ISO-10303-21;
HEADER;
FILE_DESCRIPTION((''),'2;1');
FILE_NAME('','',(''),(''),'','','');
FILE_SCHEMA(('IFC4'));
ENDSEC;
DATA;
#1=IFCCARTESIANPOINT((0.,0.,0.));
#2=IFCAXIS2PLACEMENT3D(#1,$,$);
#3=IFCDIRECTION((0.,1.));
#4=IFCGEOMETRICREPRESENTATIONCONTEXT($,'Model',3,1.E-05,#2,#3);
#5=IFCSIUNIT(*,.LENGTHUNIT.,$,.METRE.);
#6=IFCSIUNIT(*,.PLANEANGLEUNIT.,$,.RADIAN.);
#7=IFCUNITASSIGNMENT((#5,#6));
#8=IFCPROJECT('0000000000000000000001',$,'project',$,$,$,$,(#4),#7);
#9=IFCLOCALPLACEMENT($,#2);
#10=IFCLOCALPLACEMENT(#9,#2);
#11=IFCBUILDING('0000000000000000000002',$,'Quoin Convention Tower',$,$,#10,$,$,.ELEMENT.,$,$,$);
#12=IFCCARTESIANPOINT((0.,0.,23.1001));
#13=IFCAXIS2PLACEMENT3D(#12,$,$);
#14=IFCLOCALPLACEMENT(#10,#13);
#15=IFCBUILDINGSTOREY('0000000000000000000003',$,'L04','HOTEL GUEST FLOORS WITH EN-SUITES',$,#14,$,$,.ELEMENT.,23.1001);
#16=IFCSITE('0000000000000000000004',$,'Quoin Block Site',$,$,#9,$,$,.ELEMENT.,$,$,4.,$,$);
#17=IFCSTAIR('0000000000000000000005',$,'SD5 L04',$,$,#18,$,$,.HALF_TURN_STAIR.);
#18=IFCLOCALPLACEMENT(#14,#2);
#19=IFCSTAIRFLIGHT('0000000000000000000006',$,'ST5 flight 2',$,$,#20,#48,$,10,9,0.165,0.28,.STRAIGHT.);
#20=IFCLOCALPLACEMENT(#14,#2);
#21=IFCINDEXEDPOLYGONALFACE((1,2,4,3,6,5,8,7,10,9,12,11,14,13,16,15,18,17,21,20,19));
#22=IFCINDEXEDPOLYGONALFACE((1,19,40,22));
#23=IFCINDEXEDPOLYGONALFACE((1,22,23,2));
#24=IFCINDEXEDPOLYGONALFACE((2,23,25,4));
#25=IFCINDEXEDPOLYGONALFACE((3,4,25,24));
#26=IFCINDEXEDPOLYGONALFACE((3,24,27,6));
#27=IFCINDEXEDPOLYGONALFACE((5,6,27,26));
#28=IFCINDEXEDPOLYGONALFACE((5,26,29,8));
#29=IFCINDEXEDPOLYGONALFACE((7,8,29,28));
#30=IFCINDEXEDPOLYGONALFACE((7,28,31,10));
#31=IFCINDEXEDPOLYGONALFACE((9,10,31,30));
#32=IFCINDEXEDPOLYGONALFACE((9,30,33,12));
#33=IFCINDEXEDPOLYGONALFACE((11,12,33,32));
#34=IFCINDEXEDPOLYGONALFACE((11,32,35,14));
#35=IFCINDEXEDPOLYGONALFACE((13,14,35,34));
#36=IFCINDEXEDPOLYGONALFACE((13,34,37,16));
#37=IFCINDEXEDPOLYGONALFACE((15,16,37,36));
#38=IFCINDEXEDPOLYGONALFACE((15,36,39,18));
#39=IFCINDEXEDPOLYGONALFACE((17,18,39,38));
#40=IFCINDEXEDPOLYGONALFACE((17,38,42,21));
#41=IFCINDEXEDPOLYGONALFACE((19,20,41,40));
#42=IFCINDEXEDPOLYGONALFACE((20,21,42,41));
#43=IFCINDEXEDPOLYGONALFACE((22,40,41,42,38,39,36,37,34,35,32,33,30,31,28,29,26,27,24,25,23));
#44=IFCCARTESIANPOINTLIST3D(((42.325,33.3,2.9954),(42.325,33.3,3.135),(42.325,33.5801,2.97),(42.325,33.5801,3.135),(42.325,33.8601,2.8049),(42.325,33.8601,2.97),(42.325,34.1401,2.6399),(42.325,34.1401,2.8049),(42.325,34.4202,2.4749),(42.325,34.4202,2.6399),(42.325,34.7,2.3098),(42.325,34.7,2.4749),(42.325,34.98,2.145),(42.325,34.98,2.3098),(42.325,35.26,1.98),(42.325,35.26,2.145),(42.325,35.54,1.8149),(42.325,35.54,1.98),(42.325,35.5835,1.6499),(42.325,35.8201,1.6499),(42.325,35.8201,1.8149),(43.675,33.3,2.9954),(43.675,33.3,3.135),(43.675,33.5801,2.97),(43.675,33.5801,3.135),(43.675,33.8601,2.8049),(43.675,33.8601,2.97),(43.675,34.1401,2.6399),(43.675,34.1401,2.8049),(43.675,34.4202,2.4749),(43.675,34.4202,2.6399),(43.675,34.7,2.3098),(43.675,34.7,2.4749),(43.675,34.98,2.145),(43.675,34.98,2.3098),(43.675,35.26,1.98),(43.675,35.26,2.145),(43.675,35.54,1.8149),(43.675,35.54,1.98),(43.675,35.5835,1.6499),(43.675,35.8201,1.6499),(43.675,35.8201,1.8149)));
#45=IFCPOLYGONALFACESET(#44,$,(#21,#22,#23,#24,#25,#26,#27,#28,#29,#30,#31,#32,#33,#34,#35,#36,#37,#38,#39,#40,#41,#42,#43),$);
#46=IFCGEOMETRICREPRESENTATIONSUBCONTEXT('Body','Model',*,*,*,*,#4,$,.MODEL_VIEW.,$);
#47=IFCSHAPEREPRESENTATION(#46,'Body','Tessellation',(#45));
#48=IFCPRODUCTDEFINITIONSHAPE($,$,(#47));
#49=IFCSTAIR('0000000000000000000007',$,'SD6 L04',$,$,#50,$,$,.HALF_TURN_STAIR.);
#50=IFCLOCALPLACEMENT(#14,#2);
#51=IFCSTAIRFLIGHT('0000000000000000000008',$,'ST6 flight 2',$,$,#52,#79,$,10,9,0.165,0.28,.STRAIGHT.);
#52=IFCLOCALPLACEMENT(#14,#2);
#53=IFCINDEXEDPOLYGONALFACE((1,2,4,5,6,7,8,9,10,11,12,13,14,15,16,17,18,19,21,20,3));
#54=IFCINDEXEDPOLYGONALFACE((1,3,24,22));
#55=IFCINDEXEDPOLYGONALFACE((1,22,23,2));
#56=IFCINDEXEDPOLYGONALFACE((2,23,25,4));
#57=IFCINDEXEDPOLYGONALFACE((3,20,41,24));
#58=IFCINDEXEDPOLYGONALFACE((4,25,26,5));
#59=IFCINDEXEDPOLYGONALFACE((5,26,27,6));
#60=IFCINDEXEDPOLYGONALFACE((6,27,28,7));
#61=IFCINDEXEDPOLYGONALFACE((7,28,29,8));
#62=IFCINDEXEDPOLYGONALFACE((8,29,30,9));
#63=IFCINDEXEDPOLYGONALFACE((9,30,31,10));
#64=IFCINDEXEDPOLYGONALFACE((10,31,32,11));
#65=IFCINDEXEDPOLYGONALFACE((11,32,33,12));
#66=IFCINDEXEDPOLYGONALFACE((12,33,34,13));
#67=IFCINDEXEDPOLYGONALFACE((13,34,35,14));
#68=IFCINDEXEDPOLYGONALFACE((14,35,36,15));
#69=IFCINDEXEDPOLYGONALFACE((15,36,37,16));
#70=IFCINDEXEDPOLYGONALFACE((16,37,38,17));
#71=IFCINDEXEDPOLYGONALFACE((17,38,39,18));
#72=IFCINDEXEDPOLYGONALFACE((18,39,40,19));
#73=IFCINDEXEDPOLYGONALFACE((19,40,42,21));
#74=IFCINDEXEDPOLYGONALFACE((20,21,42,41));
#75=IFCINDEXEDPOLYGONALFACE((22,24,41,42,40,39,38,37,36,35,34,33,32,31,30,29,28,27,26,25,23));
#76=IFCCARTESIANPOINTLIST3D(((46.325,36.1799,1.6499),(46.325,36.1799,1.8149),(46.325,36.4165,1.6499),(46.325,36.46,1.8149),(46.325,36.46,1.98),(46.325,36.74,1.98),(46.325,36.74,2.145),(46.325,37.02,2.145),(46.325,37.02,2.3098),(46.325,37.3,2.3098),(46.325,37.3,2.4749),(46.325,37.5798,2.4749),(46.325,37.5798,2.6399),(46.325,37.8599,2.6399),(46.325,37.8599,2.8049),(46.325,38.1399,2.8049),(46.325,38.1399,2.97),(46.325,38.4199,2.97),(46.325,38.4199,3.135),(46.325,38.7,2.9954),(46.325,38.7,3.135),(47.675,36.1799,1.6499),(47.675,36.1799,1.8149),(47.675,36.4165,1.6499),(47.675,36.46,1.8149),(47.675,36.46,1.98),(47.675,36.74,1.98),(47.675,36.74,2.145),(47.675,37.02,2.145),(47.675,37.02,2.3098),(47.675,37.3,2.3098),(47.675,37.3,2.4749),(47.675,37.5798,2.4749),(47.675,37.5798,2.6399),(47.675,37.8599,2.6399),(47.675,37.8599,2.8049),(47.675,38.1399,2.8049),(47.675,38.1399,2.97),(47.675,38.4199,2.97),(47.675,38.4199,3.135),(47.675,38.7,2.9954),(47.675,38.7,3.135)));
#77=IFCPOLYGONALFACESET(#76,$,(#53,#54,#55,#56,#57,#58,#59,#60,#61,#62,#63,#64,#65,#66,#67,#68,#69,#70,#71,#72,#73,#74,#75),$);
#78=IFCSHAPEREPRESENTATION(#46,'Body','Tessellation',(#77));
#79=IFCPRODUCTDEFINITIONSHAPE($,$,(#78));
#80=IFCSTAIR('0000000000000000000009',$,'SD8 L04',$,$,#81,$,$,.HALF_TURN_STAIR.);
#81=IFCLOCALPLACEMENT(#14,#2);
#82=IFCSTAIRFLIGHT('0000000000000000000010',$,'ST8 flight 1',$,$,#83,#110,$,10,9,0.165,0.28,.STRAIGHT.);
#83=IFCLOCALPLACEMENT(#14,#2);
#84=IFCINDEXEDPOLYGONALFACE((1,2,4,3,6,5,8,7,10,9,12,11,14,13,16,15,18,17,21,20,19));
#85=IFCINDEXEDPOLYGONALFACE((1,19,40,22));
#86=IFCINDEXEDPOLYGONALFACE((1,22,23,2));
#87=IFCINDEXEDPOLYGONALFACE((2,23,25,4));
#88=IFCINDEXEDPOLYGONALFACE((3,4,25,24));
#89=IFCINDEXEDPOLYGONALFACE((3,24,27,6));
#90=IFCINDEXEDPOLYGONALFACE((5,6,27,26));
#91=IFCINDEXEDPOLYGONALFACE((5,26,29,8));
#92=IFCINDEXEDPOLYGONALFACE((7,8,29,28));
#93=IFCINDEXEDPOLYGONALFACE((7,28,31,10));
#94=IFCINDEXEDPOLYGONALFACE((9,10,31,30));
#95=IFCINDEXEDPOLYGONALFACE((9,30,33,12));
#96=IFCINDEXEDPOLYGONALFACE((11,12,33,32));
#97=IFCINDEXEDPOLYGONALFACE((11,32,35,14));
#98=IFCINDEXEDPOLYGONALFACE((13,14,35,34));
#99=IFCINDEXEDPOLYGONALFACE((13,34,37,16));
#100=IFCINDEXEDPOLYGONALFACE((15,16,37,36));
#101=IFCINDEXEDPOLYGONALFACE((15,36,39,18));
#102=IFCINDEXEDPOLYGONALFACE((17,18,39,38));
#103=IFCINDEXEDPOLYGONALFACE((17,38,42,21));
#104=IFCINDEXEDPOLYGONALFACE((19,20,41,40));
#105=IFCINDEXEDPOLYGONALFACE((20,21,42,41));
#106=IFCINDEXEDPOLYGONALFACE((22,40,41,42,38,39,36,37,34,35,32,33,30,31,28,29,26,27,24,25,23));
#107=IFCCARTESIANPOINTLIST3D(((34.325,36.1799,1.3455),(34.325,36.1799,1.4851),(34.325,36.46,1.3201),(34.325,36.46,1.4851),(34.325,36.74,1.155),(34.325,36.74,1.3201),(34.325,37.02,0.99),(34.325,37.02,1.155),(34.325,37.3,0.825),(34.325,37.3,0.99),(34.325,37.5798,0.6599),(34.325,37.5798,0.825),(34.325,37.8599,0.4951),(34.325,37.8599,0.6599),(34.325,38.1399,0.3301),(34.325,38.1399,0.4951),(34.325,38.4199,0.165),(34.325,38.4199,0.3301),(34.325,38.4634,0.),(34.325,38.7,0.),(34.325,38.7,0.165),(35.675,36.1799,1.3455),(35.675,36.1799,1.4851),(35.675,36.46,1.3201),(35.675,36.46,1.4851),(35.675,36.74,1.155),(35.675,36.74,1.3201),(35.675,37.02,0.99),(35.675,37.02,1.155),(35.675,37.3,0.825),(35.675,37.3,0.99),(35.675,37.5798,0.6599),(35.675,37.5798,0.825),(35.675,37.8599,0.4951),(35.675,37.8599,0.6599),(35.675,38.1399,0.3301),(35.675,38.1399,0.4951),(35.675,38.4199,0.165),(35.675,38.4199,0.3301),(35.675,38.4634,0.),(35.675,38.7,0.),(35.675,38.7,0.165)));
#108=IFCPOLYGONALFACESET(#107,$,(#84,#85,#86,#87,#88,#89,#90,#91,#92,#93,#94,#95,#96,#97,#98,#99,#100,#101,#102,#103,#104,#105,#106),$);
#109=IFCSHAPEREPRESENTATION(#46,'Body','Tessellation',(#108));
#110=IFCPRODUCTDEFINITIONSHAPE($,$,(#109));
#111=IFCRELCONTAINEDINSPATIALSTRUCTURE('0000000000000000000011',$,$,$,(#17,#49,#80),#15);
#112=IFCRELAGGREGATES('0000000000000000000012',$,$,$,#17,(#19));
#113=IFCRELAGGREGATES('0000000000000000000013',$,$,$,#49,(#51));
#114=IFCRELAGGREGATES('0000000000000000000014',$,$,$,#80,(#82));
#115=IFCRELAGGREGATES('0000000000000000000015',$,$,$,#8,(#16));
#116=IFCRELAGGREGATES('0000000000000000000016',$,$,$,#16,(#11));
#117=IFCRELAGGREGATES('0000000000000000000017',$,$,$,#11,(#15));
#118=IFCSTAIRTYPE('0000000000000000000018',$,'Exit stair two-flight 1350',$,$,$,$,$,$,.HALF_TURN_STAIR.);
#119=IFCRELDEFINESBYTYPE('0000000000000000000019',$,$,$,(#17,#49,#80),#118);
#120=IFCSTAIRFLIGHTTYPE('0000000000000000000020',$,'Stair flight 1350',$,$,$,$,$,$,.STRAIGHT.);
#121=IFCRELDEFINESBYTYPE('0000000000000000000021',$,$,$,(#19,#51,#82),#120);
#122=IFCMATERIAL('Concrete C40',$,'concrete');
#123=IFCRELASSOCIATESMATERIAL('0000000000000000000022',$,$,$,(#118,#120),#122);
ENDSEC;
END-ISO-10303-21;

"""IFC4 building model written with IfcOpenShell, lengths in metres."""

from ifc_helpers import new_model, si_unit, direction, frame, origin, place, context, subcontext, project, spatial, polyline, outline, extrude, material, type_object, element, aggregate, save


model = new_model("IFC4")

# Units and contexts
model_context = context("Model", 3, precision=1e-05, world=origin(), true_north=direction((0.0, 1.0)))
body_context = subcontext(model_context, "Body", "Model", "MODEL_VIEW")
ifc_project = project(units=[si_unit("LENGTHUNIT", "METRE"), si_unit("PLANEANGLEUNIT", "RADIAN")], contexts=[model_context])

# Site, building, storey
site_placement = place(None, origin())
site = spatial("IfcSite", under=ifc_project, at=site_placement, Name="Quoin Block Site", CompositionType="ELEMENT", RefElevation=4.0)
building_placement = place(site_placement, origin())
building = spatial("IfcBuilding", under=site, at=building_placement, Name="Quoin Convention Tower", CompositionType="ELEMENT")
storey_placement = place(building_placement, frame((0.0, 0.0, 23.1001)))
storey = spatial("IfcBuildingStorey", under=building, at=storey_placement, Name="L04", Description="HOTEL GUEST FLOORS WITH EN-SUITES", CompositionType="ELEMENT", Elevation=23.1001)

# Stairs, stair flights
ifc_material_1 = material(Name="Concrete C40", Category="concrete")
stair_type = type_object("IfcStairType", Name="Exit stair two-flight 1350", PredefinedType="HALF_TURN_STAIR", material=ifc_material_1)
stair_1_placement = place(storey_placement, origin())
stair_1 = element("IfcStair", 1, at=stair_1_placement, inside=storey, type_object=stair_type, Name="SD5 L04", PredefinedType="HALF_TURN_STAIR")
stair_flight_type = type_object("IfcStairFlightType", Name="Stair flight 1350", PredefinedType="STRAIGHT", material=ifc_material_1)
stair_flight_1_placement = place(storey_placement, frame((43.0, 35.8201, 1.6499), z_axis=(0.0, 0.0, 1.0), x_axis=(0.0, -1.0, 0.0)))
stair_flight_1 = element("IfcStairFlight", 2, at=stair_flight_1_placement, type_object=stair_flight_type, Name="ST5 flight 2", NumberOfRisers=10, NumberOfTreads=9, PredefinedType="STRAIGHT", RiserHeight=0.165, TreadLength=0.28, context=body_context, shape_type="SweptSolid", body=[
    extrude(outline(polyline([(0.0, 0.0), (0.0, 0.165), (0.28, 0.165), (0.28, 0.3301), (0.5601, 0.3301), (0.5601, 0.4951), (0.8401, 0.4951), (0.8401, 0.6599), (1.1201, 0.6599), (1.1201, 0.825), (1.3999, 0.825), (1.3999, 0.99), (1.6799, 0.99), (1.6799, 1.155), (1.96, 1.155), (1.96, 1.3201), (2.24, 1.3201), (2.24, 1.4851), (2.52, 1.4851), (2.52, 1.6499), (2.52, 1.3455), (0.2366, 0.0), (0.0, 0.0)])), frame((0.0, 0.675, 0.0), z_axis=(0.0, -1.0, 0.0), x_axis=(1.0, 0.0, 0.0)), (0.0, 0.0, 1.0), 1.3501),
])
aggregate(stair_1, [stair_flight_1])
stair_2_placement = place(storey_placement, origin())
stair_2 = element("IfcStair", 3, at=stair_2_placement, inside=storey, type_object=stair_type, Name="SD6 L04", PredefinedType="HALF_TURN_STAIR")
stair_flight_2_placement = place(storey_placement, frame((47.0, 36.1799, 1.6499), z_axis=(0.0, 0.0, 1.0), x_axis=(0.0, 1.0, 0.0)))
stair_flight_2 = element("IfcStairFlight", 4, at=stair_flight_2_placement, type_object=stair_flight_type, Name="ST6 flight 2", NumberOfRisers=10, NumberOfTreads=9, PredefinedType="STRAIGHT", RiserHeight=0.165, TreadLength=0.28, context=body_context, shape_type="SweptSolid", body=[
    extrude(outline(polyline([(0.0, 0.0), (0.0, 0.165), (0.28, 0.165), (0.28, 0.3301), (0.5601, 0.3301), (0.5601, 0.4951), (0.8401, 0.4951), (0.8401, 0.6599), (1.1201, 0.6599), (1.1201, 0.825), (1.3999, 0.825), (1.3999, 0.99), (1.6799, 0.99), (1.6799, 1.155), (1.96, 1.155), (1.96, 1.3201), (2.24, 1.3201), (2.24, 1.4851), (2.52, 1.4851), (2.52, 1.6499), (2.52, 1.3455), (0.2366, 0.0), (0.0, 0.0)])), frame((0.0, 0.675, 0.0), z_axis=(0.0, -1.0, 0.0), x_axis=(1.0, 0.0, 0.0)), (0.0, 0.0, 1.0), 1.3501),
])
aggregate(stair_2, [stair_flight_2])
stair_3_placement = place(storey_placement, origin())
stair_3 = element("IfcStair", 5, at=stair_3_placement, inside=storey, type_object=stair_type, Name="SD8 L04", PredefinedType="HALF_TURN_STAIR")
stair_flight_3_placement = place(storey_placement, frame((35.0, 38.7, 0.0), z_axis=(0.0, 0.0, 1.0), x_axis=(0.0, -1.0, 0.0)))
stair_flight_3 = element("IfcStairFlight", 6, at=stair_flight_3_placement, type_object=stair_flight_type, Name="ST8 flight 1", NumberOfRisers=10, NumberOfTreads=9, PredefinedType="STRAIGHT", RiserHeight=0.165, TreadLength=0.28, context=body_context, shape_type="SweptSolid", body=[
    extrude(outline(polyline([(0.0, 0.0), (0.0, 0.165), (0.28, 0.165), (0.28, 0.3301), (0.5601, 0.3301), (0.5601, 0.4951), (0.8401, 0.4951), (0.8401, 0.6599), (1.1201, 0.6599), (1.1201, 0.825), (1.3999, 0.825), (1.3999, 0.99), (1.6799, 0.99), (1.6799, 1.155), (1.96, 1.155), (1.96, 1.3201), (2.24, 1.3201), (2.24, 1.4851), (2.52, 1.4851), (2.52, 1.6499), (2.52, 1.3455), (0.2366, 0.0), (0.0, 0.0)])), frame((0.0, 0.675, 0.0), z_axis=(0.0, -1.0, 0.0), x_axis=(1.0, 0.0, 0.0)), (0.0, 0.0, 1.0), 1.3501),
])
aggregate(stair_3, [stair_flight_3])

save(model, "model.ifc")
